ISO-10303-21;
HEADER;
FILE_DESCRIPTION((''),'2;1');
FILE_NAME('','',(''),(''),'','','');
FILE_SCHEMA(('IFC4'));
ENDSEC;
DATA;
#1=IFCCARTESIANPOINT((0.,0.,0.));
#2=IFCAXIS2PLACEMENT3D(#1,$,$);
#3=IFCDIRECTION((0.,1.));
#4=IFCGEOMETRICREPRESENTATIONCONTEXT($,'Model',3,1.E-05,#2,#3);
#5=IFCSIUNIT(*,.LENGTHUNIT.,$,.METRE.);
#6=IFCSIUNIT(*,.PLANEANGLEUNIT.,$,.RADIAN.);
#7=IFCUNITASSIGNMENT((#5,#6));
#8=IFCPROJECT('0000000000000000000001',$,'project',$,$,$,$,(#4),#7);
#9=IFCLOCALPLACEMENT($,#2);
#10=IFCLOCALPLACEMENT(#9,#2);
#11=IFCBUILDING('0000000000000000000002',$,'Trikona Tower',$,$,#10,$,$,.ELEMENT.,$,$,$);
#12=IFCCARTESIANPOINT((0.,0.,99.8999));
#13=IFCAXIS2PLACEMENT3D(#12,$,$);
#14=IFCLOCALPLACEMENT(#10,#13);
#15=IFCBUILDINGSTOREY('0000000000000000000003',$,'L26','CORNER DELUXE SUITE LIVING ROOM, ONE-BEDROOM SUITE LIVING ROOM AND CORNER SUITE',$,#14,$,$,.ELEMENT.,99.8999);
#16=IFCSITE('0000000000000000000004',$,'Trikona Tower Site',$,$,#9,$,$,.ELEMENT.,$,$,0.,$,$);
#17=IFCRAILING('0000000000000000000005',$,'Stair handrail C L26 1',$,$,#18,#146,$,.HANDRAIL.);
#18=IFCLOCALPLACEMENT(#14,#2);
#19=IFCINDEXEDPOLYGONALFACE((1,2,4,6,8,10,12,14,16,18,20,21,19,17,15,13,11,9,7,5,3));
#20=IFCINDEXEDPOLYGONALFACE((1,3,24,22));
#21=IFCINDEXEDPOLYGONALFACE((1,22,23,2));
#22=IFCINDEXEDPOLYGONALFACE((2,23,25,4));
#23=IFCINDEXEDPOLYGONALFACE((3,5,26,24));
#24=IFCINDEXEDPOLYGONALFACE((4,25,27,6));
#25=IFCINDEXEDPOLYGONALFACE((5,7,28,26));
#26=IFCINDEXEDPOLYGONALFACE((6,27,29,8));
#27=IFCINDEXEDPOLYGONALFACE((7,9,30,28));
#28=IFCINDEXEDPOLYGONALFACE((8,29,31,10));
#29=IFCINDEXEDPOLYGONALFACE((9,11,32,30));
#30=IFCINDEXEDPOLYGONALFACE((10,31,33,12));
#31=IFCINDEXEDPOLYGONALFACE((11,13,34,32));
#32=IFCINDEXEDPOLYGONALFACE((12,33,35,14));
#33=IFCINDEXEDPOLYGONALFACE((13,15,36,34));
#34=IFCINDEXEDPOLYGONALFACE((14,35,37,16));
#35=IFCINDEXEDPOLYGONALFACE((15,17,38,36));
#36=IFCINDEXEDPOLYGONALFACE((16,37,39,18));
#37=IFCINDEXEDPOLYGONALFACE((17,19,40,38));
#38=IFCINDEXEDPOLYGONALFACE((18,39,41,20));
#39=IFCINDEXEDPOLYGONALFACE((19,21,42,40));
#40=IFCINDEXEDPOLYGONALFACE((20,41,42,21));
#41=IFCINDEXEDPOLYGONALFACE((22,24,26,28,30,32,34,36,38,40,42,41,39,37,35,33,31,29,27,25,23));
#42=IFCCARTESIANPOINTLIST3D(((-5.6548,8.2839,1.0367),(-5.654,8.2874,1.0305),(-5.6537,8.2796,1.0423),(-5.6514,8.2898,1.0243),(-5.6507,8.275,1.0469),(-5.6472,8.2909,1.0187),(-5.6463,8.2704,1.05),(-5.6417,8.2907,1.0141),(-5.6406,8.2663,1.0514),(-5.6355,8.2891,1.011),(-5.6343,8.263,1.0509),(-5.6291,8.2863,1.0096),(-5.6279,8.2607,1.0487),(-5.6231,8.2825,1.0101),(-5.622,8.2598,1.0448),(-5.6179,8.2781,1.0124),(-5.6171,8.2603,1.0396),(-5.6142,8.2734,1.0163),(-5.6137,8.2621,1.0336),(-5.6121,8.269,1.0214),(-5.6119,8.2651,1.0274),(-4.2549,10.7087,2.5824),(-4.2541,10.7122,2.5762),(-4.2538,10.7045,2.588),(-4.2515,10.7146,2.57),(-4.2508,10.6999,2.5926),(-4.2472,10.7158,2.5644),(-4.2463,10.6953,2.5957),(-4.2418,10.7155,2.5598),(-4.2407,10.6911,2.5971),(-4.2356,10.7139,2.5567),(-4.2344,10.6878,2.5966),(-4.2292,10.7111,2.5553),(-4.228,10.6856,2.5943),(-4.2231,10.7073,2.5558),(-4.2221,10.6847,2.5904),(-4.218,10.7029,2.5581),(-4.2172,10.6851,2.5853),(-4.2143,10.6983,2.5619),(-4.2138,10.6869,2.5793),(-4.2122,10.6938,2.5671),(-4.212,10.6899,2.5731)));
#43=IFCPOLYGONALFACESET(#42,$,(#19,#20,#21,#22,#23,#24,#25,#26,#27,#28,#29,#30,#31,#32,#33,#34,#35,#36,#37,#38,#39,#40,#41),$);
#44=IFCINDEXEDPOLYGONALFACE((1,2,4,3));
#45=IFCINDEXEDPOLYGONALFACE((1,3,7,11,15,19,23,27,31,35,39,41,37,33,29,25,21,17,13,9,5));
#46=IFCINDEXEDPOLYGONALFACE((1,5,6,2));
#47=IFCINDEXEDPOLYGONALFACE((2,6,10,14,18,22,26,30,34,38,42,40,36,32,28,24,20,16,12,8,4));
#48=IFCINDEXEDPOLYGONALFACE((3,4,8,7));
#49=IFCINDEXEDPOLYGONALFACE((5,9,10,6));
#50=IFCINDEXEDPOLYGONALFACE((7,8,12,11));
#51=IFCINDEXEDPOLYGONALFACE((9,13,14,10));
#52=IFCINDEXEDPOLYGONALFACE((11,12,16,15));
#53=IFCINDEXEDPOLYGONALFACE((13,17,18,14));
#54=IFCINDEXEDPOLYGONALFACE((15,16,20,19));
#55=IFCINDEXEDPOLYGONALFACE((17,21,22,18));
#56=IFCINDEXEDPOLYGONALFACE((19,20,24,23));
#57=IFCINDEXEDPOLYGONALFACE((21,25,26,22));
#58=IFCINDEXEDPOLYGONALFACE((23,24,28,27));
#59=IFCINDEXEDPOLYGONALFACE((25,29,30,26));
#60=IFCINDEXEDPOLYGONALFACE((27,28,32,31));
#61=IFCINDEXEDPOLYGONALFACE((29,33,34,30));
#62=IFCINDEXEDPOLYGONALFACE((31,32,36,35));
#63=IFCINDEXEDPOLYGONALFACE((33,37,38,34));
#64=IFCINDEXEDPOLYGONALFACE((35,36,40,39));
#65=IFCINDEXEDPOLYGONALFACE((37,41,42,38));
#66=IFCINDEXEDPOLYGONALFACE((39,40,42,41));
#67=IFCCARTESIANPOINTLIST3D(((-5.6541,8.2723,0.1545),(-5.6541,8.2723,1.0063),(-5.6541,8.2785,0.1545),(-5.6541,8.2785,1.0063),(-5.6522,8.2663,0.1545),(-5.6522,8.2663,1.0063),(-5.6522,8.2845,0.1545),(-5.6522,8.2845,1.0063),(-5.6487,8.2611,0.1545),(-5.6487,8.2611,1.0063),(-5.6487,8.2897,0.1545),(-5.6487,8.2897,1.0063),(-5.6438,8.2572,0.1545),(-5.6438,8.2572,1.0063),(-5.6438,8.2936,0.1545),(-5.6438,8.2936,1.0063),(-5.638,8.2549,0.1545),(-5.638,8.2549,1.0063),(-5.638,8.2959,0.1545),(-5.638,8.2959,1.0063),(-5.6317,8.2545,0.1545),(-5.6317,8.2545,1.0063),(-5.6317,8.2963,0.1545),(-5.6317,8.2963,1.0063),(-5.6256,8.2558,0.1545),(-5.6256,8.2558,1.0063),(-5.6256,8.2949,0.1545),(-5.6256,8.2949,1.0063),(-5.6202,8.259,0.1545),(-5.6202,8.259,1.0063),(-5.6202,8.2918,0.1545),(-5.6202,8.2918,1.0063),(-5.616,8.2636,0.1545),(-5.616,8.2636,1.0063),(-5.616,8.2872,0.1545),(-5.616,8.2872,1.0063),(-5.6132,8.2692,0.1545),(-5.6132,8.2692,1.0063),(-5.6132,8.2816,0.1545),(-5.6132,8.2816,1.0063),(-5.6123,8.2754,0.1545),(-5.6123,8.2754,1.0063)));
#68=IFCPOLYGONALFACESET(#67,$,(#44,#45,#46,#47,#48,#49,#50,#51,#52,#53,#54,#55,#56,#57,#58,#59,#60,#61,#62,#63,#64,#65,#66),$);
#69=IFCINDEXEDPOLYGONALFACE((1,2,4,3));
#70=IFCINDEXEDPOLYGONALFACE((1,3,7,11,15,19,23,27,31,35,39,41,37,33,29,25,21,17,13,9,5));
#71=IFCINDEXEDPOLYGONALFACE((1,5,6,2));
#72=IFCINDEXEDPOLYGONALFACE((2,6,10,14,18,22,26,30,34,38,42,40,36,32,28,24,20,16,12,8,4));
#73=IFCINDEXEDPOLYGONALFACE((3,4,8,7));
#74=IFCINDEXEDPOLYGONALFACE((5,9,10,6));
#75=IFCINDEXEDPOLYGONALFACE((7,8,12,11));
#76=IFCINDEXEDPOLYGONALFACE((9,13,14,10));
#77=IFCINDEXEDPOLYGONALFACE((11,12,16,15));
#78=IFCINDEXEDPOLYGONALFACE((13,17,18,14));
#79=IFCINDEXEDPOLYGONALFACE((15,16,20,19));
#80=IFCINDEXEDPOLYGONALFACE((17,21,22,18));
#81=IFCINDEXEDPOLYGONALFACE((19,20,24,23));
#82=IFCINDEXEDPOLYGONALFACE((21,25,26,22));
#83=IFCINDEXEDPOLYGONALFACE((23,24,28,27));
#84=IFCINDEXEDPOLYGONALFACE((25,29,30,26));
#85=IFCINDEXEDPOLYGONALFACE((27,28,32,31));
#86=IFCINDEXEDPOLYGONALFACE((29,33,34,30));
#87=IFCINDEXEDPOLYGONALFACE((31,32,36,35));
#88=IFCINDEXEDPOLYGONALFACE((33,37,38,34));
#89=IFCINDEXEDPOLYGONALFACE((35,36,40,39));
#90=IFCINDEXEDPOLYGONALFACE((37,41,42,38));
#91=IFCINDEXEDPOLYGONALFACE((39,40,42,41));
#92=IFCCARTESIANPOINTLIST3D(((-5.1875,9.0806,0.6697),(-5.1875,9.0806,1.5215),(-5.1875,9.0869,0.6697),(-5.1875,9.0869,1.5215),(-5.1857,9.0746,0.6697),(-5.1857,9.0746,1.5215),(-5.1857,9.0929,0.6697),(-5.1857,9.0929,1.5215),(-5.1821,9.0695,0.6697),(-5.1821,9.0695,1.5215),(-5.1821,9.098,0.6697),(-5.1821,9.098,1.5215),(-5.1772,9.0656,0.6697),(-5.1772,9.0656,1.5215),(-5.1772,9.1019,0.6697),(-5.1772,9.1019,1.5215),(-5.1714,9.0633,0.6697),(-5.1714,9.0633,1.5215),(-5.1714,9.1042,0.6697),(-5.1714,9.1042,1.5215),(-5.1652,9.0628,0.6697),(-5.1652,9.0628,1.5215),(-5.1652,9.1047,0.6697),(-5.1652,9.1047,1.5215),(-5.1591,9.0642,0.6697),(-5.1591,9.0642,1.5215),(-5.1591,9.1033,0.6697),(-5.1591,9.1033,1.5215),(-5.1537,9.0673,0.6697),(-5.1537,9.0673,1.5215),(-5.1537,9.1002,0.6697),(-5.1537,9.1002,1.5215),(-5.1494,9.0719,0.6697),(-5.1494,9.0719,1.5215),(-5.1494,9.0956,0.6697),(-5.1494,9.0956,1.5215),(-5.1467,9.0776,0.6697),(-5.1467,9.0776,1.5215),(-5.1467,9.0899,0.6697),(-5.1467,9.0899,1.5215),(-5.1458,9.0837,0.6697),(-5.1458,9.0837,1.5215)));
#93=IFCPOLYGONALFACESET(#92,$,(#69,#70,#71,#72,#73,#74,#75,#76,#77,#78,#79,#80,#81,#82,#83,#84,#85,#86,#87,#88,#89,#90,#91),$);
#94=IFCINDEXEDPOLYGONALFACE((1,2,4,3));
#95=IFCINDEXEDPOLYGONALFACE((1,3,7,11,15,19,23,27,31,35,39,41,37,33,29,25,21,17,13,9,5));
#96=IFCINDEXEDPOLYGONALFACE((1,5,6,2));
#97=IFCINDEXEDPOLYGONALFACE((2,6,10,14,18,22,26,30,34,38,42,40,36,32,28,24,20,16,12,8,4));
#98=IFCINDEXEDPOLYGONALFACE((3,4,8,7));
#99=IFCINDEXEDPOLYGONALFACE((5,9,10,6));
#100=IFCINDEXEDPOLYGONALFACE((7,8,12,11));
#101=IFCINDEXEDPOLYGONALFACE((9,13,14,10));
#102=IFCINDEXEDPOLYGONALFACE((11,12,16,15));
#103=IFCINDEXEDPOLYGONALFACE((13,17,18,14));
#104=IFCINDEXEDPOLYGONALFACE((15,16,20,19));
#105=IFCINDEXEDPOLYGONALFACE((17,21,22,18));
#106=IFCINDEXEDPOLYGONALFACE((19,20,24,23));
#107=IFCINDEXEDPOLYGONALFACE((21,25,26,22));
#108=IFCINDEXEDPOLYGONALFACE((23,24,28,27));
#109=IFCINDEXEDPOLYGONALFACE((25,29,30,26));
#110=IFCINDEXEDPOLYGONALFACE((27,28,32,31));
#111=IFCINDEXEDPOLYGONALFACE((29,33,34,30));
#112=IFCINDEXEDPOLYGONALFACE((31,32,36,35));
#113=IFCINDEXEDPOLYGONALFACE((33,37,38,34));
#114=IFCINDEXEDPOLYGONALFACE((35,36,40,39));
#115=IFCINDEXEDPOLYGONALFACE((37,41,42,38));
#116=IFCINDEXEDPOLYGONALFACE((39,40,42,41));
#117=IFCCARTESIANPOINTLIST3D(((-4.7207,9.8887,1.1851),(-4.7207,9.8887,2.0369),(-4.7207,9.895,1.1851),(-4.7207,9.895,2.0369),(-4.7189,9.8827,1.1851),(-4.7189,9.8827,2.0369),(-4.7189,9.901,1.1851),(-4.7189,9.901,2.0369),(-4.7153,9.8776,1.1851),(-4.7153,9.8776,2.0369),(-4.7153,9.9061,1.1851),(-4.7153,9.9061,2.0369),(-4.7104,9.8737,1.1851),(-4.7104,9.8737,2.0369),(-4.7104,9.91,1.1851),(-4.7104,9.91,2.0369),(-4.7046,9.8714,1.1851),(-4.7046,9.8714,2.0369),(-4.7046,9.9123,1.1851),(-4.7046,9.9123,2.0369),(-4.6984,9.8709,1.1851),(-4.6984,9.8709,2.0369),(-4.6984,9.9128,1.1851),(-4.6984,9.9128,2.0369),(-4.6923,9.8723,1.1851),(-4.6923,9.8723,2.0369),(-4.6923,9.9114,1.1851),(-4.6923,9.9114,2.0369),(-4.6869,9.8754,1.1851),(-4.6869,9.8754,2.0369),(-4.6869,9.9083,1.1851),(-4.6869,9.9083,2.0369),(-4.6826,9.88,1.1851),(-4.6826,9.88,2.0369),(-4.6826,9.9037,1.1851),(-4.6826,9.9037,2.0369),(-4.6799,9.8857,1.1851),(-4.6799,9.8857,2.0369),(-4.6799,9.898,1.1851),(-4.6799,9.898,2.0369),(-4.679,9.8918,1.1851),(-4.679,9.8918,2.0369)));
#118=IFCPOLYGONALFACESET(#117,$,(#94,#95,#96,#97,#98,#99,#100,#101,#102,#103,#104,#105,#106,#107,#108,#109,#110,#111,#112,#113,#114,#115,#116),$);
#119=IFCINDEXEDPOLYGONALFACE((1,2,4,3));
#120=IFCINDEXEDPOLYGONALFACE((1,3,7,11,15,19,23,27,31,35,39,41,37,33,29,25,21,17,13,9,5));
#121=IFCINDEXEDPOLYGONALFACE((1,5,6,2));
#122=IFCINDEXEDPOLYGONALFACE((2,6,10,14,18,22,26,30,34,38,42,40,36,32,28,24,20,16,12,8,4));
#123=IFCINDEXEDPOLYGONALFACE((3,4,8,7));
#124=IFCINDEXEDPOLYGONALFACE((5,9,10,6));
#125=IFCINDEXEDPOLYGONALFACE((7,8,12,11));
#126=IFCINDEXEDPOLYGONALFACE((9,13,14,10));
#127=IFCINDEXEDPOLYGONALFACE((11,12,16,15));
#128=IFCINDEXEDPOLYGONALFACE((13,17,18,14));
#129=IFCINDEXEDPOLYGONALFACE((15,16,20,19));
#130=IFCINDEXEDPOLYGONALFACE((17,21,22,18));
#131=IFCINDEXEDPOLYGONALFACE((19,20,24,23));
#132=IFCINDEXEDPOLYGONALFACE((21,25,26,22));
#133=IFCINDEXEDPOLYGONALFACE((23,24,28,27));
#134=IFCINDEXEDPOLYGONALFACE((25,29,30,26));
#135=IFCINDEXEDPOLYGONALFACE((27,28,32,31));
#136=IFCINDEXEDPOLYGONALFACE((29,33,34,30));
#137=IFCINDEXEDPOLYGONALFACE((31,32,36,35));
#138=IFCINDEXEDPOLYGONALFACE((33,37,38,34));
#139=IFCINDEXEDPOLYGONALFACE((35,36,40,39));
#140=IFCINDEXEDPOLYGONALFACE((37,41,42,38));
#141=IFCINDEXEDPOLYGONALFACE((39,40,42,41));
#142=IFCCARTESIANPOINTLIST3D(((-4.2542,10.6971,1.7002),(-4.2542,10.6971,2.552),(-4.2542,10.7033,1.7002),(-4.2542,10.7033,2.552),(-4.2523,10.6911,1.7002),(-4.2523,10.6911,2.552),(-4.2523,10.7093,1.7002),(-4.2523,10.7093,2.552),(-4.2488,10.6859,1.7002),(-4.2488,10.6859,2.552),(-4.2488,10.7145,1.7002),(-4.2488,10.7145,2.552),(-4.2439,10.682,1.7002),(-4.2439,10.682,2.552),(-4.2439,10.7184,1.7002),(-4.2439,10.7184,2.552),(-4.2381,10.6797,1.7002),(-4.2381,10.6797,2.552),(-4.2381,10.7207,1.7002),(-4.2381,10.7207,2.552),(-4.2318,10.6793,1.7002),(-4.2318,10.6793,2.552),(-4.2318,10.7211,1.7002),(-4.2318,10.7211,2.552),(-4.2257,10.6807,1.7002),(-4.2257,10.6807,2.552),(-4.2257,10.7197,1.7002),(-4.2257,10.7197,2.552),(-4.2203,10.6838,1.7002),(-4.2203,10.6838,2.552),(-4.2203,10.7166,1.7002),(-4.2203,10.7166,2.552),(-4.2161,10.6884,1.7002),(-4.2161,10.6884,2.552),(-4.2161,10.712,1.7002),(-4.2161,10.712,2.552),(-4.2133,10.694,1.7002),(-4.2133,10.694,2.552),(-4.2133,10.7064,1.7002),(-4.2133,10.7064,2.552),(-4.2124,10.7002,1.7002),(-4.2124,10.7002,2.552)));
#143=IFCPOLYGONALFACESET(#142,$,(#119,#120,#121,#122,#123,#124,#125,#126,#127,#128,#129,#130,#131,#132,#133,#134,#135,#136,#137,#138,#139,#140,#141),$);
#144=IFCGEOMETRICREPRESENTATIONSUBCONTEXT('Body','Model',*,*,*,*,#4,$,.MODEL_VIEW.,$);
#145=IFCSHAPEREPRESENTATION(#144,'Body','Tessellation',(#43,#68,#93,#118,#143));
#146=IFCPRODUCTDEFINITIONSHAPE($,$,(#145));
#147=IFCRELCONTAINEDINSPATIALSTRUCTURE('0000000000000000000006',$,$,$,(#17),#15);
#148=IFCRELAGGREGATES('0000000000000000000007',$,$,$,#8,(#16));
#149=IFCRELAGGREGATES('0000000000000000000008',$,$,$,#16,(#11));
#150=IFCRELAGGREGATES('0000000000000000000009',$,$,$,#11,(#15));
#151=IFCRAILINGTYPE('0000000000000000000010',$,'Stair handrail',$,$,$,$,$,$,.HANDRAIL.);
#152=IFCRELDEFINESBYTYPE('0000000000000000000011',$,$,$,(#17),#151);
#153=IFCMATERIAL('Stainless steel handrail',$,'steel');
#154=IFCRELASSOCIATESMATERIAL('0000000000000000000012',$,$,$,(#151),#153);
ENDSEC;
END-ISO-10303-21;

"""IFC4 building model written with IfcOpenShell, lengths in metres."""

from ifc_helpers import new_model, si_unit, direction, frame, origin, origin_2d, place, context, subcontext, project, spatial, circle, extrude, material, type_object, element, save


model = new_model("IFC4")

# Units and contexts
model_context = context("Model", 3, precision=1e-05, world=origin(), true_north=direction((0.0, 1.0)))
body_context = subcontext(model_context, "Body", "Model", "MODEL_VIEW")
ifc_project = project(units=[si_unit("LENGTHUNIT", "METRE"), si_unit("PLANEANGLEUNIT", "RADIAN")], contexts=[model_context])

# Site, building, storey
site_placement = place(None, origin())
site = spatial("IfcSite", under=ifc_project, at=site_placement, Name="Trikona Tower Site", CompositionType="ELEMENT", RefElevation=0.0)
building_placement = place(site_placement, origin())
building = spatial("IfcBuilding", under=site, at=building_placement, Name="Trikona Tower", CompositionType="ELEMENT")
storey_placement = place(building_placement, frame((0.0, 0.0, 99.8999)))
storey = spatial("IfcBuildingStorey", under=building, at=storey_placement, Name="L26", Description="CORNER DELUXE SUITE LIVING ROOM, ONE-BEDROOM SUITE LIVING ROOM AND CORNER SUITE", CompositionType="ELEMENT", Elevation=99.8999)

# Railing
ifc_material_1 = material(Name="Stainless steel handrail", Category="steel")
railing_type = type_object("IfcRailingType", Name="Stair handrail", PredefinedType="HANDRAIL", material=ifc_material_1)
railing_1_placement = place(storey_placement, frame((-5.6333, 8.2754, 0.1545)))
element("IfcRailing", 1, at=railing_1_placement, inside=storey, type_object=railing_type, Name="Stair handrail C L26 1", PredefinedType="HANDRAIL", context=body_context, shape_type="SweptSolid", body=[
    extrude(circle(Radius=0.0239, at=origin_2d()), frame((0.0, 0.0, 0.876), z_axis=(0.437716, 0.758179, 0.48329), x_axis=(-0.866035, 0.499984, 0.0)), (0.0, 0.0, 1.0), 3.1982),
    extrude(circle(Radius=0.021, at=origin_2d()), origin(), (0.0, 0.0, 1.0), 0.8518),
    extrude(circle(Radius=0.021, at=origin_2d()), frame((0.4666, 0.8083, 0.5151)), (0.0, 0.0, 1.0), 0.8518),
    extrude(circle(Radius=0.021, at=origin_2d()), frame((0.9333, 1.6165, 1.0305)), (0.0, 0.0, 1.0), 0.8518),
    extrude(circle(Radius=0.021, at=origin_2d()), frame((1.3999, 2.4248, 1.5457)), (0.0, 0.0, 1.0), 0.8518),
])

save(model, "model.ifc")
